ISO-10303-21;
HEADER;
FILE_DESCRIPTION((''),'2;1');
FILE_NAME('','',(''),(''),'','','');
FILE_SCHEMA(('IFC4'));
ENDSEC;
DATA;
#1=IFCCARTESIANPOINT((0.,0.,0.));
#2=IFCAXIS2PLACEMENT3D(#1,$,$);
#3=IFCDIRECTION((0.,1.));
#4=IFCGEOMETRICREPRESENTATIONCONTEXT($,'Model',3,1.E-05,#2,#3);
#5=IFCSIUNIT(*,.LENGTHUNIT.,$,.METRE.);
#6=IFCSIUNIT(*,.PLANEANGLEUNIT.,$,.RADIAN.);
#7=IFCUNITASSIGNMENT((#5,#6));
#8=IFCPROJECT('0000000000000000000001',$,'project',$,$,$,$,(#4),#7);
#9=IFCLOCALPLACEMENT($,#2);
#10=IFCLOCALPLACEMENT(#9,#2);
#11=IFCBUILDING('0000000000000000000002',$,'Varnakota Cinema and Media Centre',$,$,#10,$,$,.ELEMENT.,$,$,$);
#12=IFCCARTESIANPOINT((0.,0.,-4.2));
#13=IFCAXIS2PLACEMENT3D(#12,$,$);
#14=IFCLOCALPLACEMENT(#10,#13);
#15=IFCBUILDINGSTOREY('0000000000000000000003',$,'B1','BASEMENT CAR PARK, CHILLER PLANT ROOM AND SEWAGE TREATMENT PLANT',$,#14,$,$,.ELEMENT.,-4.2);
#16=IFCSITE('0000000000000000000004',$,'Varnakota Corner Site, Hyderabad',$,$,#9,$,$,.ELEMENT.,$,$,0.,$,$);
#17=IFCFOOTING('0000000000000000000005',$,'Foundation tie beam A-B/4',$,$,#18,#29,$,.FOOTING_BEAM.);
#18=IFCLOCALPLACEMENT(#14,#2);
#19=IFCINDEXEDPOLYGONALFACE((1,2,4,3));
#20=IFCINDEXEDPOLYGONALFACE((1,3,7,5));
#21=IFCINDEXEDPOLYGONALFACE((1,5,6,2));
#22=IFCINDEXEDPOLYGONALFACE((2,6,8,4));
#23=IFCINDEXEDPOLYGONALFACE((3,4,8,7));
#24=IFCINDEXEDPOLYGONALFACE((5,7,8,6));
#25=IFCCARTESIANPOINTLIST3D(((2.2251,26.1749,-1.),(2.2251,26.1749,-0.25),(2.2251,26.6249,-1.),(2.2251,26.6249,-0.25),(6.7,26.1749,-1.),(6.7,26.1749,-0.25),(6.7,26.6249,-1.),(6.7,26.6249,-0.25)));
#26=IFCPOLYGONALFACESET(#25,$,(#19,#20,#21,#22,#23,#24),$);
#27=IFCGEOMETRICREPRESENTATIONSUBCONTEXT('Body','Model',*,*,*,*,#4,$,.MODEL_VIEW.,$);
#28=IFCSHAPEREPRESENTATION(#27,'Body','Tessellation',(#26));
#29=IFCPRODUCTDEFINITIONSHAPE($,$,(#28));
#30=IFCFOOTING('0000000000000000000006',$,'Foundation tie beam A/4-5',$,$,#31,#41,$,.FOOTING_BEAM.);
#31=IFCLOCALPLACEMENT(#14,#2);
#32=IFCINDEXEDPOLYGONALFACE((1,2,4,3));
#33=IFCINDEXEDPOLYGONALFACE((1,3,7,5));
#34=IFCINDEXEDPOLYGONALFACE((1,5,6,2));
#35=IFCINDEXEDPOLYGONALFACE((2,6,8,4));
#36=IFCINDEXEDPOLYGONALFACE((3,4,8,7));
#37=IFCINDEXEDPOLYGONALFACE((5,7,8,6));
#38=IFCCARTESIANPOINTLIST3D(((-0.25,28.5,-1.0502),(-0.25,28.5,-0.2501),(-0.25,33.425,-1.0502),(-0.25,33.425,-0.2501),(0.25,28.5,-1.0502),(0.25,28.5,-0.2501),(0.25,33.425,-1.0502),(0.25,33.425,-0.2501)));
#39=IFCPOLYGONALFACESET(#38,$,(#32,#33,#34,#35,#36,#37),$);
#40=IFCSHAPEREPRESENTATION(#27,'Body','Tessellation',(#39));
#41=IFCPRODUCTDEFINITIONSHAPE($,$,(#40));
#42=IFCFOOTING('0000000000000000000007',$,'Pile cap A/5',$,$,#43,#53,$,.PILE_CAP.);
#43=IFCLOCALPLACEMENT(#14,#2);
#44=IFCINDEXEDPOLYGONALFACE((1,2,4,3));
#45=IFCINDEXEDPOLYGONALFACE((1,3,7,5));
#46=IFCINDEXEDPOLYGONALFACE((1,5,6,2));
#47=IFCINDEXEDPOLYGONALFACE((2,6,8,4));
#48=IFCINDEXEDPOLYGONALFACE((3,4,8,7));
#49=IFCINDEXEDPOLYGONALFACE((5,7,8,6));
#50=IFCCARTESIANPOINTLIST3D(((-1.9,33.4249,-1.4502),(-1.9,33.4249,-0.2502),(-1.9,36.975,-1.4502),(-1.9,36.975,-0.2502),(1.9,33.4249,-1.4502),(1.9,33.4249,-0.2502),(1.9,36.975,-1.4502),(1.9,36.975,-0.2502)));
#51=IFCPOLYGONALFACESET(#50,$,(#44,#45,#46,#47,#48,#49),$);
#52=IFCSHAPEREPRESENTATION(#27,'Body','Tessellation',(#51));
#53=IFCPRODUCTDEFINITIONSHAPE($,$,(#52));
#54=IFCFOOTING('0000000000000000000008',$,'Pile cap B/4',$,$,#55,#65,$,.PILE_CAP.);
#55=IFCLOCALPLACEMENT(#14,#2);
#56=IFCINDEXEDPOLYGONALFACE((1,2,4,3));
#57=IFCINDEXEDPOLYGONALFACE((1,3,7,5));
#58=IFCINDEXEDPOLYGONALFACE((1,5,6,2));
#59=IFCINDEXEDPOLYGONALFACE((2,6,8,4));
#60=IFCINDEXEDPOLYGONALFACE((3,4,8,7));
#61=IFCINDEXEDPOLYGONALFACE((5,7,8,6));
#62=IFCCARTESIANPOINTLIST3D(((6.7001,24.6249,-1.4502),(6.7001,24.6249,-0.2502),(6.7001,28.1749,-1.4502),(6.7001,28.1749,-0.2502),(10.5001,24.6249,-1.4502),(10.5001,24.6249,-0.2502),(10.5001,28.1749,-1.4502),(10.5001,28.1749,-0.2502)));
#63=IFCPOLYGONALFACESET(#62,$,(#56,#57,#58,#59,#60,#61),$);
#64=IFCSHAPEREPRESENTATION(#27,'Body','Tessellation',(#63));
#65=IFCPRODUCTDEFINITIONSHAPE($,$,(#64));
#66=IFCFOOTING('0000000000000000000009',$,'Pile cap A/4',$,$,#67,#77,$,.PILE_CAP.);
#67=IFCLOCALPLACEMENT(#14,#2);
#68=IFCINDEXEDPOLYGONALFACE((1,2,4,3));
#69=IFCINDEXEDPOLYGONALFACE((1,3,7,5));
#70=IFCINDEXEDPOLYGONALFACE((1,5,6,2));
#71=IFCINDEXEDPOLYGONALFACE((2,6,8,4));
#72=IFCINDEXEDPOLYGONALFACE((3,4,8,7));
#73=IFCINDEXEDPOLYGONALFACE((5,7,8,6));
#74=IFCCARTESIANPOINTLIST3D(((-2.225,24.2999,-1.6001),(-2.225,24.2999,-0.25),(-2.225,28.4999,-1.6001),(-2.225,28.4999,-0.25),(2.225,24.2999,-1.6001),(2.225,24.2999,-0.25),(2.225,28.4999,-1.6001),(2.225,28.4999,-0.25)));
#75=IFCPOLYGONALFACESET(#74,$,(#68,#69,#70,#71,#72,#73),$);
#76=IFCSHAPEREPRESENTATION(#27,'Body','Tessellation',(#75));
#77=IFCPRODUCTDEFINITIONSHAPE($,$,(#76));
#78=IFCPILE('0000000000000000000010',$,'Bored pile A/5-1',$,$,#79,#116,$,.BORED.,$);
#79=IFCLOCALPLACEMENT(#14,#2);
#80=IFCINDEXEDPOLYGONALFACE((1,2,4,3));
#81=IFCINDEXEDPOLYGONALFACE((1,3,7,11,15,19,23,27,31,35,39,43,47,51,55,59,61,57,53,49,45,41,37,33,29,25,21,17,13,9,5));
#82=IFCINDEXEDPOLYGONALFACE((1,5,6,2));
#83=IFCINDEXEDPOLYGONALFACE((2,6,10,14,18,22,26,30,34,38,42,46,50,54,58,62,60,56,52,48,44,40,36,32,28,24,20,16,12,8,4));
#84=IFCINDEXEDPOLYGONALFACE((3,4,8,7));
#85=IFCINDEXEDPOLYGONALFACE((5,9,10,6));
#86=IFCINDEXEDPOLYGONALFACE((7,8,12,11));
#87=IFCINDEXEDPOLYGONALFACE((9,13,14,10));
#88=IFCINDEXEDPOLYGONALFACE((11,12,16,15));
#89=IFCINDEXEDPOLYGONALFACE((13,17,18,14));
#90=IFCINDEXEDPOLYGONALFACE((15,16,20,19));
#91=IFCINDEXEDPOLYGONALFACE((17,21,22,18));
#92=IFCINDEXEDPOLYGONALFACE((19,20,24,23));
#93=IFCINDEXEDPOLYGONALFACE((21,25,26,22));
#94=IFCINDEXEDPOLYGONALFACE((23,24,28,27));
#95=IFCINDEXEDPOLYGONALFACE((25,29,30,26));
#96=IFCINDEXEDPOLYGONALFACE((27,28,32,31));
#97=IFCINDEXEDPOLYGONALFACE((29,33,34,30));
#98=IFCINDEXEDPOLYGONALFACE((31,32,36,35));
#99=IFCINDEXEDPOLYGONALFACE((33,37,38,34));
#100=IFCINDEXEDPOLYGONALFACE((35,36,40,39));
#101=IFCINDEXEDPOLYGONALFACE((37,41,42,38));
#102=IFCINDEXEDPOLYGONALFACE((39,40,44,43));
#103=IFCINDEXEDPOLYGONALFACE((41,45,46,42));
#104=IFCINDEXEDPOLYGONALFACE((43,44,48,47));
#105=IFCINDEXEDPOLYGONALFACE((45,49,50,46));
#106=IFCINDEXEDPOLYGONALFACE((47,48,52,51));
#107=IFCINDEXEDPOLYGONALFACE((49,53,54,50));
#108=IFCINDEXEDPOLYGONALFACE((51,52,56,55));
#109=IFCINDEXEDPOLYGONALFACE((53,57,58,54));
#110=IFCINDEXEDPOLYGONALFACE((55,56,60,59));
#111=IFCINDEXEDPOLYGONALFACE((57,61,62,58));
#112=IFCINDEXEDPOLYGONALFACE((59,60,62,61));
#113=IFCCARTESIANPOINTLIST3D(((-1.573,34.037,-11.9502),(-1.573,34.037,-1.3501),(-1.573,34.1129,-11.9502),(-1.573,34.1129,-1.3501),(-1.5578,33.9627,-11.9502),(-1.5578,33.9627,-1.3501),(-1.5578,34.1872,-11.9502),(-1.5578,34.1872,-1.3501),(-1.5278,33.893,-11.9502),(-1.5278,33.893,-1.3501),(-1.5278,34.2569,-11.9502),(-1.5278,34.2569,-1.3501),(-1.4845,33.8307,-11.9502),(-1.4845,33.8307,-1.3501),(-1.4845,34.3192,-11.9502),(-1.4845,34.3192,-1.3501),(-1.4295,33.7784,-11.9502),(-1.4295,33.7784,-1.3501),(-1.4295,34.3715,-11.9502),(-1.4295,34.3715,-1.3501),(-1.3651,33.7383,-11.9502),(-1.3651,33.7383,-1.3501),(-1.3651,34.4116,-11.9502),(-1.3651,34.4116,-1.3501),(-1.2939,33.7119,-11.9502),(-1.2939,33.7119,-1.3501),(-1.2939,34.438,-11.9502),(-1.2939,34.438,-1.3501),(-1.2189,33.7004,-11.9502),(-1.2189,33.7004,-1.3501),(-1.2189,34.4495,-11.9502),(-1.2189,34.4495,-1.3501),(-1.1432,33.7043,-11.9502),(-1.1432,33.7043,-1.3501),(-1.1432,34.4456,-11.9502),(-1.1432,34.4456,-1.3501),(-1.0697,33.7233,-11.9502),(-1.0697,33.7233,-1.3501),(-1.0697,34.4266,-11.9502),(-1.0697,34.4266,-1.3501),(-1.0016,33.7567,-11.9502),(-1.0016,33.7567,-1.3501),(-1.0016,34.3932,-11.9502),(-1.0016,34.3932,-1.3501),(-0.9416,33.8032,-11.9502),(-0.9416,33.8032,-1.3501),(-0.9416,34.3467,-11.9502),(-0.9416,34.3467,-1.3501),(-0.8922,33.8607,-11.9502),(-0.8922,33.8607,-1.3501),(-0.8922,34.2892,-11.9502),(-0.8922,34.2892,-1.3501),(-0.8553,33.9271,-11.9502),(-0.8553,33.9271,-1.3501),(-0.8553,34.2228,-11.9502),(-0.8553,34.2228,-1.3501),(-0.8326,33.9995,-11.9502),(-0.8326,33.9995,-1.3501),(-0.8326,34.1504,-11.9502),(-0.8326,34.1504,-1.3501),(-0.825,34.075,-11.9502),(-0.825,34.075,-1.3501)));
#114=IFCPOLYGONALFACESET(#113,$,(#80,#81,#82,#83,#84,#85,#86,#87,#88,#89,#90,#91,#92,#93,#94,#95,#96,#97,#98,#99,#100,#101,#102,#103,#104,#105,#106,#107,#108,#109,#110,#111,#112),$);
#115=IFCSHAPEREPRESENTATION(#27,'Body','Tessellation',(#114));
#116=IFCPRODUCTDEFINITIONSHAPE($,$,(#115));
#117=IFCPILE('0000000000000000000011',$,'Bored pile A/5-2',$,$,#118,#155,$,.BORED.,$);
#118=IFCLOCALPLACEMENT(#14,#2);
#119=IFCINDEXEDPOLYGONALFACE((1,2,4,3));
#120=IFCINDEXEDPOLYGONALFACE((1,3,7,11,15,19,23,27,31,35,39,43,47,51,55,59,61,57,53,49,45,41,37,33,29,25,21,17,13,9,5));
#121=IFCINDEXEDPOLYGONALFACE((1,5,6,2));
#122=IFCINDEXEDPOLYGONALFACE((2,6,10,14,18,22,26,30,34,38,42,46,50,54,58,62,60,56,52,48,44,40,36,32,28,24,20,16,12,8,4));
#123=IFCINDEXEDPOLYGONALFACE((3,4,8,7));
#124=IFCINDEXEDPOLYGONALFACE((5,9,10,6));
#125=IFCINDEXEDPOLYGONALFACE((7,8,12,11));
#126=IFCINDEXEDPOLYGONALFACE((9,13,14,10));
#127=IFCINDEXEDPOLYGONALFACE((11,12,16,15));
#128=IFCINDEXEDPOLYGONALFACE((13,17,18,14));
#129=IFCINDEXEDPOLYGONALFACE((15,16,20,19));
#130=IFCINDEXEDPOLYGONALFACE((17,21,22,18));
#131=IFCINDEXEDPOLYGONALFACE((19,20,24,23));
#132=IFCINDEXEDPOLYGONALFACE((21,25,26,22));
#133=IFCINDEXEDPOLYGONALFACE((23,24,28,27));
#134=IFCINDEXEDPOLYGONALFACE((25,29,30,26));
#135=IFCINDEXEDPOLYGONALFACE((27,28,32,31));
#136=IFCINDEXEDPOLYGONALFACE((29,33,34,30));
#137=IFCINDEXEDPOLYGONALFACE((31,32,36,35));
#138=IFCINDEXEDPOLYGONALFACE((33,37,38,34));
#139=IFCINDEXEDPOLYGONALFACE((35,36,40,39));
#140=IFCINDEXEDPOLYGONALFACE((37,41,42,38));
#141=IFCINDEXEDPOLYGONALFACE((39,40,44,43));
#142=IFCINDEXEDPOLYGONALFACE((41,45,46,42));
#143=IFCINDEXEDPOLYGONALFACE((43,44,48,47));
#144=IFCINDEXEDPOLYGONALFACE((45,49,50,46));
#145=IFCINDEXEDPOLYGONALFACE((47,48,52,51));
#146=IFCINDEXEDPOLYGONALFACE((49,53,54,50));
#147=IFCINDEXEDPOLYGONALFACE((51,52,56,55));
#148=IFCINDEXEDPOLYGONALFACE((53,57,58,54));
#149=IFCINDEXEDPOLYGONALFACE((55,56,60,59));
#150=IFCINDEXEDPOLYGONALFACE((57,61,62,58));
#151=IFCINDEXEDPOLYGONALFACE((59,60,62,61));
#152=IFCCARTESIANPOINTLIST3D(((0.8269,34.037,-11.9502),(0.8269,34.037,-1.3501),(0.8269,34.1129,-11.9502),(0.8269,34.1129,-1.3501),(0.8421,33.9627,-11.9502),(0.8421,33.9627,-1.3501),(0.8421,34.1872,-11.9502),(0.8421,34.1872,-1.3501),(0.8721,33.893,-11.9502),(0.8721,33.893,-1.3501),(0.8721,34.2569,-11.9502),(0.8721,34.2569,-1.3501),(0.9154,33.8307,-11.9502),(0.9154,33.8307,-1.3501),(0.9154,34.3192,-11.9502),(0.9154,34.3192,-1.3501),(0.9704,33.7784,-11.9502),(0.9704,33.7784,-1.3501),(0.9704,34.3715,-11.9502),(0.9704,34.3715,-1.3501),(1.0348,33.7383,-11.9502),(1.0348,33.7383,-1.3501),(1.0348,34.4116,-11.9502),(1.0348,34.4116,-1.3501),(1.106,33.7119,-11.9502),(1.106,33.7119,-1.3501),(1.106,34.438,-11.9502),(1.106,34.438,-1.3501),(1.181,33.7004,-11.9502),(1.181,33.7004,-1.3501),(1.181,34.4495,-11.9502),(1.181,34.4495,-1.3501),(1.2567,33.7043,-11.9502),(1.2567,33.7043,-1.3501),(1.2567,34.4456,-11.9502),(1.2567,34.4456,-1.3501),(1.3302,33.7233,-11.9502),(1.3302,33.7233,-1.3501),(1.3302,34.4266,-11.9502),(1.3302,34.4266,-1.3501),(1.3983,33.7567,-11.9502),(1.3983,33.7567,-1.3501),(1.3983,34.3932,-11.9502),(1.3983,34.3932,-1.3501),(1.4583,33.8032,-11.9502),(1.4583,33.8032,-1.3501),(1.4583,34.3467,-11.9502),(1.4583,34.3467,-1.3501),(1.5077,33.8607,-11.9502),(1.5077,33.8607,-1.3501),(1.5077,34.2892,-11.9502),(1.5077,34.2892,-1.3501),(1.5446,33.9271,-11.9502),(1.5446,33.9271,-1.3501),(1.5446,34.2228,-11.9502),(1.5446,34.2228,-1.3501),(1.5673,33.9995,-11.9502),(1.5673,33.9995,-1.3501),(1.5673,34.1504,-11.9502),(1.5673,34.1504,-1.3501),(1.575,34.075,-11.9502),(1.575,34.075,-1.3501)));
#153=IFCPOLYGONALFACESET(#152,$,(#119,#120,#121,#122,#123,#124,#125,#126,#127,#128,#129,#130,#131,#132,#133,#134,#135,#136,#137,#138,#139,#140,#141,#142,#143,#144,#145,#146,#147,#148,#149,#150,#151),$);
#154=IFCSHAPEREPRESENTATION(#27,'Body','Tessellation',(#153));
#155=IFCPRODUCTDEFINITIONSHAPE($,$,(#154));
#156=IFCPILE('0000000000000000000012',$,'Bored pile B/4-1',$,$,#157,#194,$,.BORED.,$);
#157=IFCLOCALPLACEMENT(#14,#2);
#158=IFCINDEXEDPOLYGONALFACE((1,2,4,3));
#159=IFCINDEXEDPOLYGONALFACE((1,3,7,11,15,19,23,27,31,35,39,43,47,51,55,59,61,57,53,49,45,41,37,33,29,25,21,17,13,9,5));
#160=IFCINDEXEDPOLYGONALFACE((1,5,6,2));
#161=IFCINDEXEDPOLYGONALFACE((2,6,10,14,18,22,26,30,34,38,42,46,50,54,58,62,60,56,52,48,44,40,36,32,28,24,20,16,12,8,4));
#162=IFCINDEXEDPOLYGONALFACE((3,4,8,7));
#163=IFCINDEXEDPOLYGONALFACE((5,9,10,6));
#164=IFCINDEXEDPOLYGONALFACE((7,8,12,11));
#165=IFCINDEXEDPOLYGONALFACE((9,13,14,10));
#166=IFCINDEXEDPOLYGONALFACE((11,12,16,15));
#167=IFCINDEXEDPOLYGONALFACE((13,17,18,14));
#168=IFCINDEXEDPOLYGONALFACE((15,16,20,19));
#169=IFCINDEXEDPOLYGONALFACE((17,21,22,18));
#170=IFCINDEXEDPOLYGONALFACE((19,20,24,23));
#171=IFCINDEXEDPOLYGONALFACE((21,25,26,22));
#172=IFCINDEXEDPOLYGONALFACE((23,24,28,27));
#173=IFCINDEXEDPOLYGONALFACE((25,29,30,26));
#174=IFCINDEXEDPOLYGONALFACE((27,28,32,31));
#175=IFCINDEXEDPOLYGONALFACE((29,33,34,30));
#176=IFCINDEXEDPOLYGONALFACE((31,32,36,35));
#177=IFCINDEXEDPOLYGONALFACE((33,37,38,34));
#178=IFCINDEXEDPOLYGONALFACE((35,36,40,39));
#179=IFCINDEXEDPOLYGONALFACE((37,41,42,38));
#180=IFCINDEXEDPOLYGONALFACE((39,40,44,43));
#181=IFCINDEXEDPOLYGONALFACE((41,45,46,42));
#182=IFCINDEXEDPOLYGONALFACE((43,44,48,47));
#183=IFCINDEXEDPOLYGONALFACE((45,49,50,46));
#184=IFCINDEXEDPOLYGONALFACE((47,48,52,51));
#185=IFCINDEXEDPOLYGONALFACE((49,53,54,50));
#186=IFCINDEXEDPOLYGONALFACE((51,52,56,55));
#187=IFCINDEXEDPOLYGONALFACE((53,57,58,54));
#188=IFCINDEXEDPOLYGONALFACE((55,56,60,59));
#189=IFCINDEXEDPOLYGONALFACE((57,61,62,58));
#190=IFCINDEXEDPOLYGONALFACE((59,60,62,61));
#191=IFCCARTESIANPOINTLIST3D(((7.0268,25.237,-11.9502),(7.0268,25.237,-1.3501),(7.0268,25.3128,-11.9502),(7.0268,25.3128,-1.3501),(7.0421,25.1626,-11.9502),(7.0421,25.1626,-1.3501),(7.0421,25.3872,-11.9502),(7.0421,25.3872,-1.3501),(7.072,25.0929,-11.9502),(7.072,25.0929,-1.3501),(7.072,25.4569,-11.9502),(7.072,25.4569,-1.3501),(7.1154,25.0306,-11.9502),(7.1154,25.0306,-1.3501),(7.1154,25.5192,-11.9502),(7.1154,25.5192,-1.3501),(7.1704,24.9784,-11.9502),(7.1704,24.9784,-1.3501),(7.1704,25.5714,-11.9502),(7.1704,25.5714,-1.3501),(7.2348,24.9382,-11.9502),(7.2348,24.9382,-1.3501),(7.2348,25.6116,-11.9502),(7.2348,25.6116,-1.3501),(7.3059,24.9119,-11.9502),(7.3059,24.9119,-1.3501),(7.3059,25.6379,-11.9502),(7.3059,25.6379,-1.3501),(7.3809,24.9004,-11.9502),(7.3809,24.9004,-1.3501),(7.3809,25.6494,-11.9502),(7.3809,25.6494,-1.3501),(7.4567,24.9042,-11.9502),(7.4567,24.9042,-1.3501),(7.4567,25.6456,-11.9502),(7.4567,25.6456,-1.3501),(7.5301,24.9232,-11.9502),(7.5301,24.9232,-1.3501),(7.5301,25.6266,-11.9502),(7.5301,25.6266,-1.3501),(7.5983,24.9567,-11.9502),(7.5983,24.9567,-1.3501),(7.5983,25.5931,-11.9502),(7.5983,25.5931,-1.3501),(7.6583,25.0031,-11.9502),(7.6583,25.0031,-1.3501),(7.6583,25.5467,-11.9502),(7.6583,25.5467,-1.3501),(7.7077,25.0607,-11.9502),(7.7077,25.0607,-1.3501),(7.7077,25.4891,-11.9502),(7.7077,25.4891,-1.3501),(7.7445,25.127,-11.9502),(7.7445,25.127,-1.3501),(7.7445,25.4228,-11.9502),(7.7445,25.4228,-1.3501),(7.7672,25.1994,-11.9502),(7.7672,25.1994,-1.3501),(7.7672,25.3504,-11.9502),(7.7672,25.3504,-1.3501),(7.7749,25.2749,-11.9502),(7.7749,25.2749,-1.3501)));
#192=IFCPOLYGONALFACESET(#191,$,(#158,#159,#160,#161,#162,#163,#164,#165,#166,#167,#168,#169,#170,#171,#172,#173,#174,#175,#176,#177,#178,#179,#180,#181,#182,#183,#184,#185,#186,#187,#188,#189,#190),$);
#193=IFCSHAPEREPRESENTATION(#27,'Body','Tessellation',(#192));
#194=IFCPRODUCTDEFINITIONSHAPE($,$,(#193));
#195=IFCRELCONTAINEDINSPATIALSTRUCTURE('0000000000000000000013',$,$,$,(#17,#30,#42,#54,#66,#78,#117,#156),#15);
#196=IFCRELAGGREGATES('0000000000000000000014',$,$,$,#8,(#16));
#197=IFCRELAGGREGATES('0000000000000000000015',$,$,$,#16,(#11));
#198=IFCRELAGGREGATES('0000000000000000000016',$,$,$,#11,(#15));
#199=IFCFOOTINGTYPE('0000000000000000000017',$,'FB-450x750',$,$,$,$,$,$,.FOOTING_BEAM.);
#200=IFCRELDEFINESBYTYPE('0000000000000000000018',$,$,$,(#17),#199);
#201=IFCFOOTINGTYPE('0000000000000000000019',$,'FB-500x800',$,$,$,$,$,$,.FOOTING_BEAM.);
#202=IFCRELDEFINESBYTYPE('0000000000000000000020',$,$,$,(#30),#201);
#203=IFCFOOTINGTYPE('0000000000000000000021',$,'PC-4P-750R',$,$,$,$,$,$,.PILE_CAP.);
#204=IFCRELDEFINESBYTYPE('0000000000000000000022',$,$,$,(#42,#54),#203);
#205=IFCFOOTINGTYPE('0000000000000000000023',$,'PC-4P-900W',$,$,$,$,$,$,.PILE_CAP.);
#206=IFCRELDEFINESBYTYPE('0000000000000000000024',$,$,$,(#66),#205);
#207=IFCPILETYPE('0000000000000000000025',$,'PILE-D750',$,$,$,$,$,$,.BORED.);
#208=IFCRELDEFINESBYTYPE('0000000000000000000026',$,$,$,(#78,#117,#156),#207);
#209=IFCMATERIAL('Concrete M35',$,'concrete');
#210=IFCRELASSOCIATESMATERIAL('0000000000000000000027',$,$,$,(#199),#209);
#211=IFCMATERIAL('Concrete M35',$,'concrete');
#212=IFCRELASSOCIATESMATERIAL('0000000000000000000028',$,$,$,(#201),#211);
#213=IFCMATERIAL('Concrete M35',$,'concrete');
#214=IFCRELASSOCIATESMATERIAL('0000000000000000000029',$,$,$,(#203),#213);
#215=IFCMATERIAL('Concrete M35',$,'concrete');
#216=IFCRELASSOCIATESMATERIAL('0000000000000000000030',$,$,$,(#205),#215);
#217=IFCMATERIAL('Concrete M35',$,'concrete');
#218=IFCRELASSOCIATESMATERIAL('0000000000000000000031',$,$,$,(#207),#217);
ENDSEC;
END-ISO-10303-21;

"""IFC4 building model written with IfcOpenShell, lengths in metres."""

from ifc_helpers import new_model, si_unit, direction, frame, origin, origin_2d, place, context, subcontext, project, spatial, rectangle, circle, extrude, material, material_profile, profile_set, type_object, element, save


model = new_model("IFC4")

# Units and contexts
model_context = context("Model", 3, precision=1e-05, world=origin(), true_north=direction((0.0, 1.0)))
body_context = subcontext(model_context, "Body", "Model", "MODEL_VIEW")
ifc_project = project(units=[si_unit("LENGTHUNIT", "METRE"), si_unit("PLANEANGLEUNIT", "RADIAN")], contexts=[model_context])

# Site, building, storey
site_placement = place(None, origin())
site = spatial("IfcSite", under=ifc_project, at=site_placement, Name="Varnakota Corner Site, Hyderabad", CompositionType="ELEMENT", RefElevation=0.0)
building_placement = place(site_placement, origin())
building = spatial("IfcBuilding", under=site, at=building_placement, Name="Varnakota Cinema and Media Centre", CompositionType="ELEMENT")
storey_placement = place(building_placement, frame((0.0, 0.0, -4.2)))
storey = spatial("IfcBuildingStorey", under=building, at=storey_placement, Name="B1", Description="BASEMENT CAR PARK, CHILLER PLANT ROOM AND SEWAGE TREATMENT PLANT", CompositionType="ELEMENT", Elevation=-4.2)

# Footings
ifc_material_1 = material(Name="Concrete M35", Category="concrete")
ifc_material_profile_1 = material_profile(ifc_material_1, rectangle(XDim=0.45, YDim=0.75, at=origin_2d()), Name="FB 450x750")
ifc_profile_set_1 = profile_set([ifc_material_profile_1], Name="Concrete M35")
footing_type_1 = type_object("IfcFootingType", Name="FB-450x750", PredefinedType="FOOTING_BEAM", material=ifc_profile_set_1)
footing_1_placement = place(storey_placement, frame((2.2251, 26.3999, -0.625), z_axis=(1.0, 0.0, 0.0), x_axis=(0.0, 1.0, 0.0)))
element("IfcFooting", 1, at=footing_1_placement, inside=storey, type_object=footing_type_1, Name="Foundation tie beam A-B/4", PredefinedType="FOOTING_BEAM", context=body_context, shape_type="SweptSolid", body=[
    extrude(rectangle(XDim=0.45, YDim=0.75, at=origin_2d()), origin(), (0.0, 0.0, 1.0), 4.4749),
])
ifc_material_2 = material(Name="Concrete M35", Category="concrete")
ifc_material_profile_2 = material_profile(ifc_material_2, rectangle(XDim=0.5, YDim=0.8, at=origin_2d()), Name="FB 500x800")
ifc_profile_set_2 = profile_set([ifc_material_profile_2], Name="Concrete M35")
footing_type_2 = type_object("IfcFootingType", Name="FB-500x800", PredefinedType="FOOTING_BEAM", material=ifc_profile_set_2)
footing_2_placement = place(storey_placement, frame((0.0, 28.5, -0.6501), z_axis=(0.0, 1.0, 0.0), x_axis=(-1.0, 0.0, 0.0)))
element("IfcFooting", 2, at=footing_2_placement, inside=storey, type_object=footing_type_2, Name="Foundation tie beam A/4-5", PredefinedType="FOOTING_BEAM", context=body_context, shape_type="SweptSolid", body=[
    extrude(rectangle(XDim=0.5, YDim=0.8, at=origin_2d()), origin(), (0.0, 0.0, 1.0), 4.925),
])
ifc_material_3 = material(Name="Concrete M35", Category="concrete")
footing_type_3 = type_object("IfcFootingType", Name="PC-4P-750R", PredefinedType="PILE_CAP", material=ifc_material_3)
for number, where, z_axis, x_axis, name in (
    (3, (0.0, 35.2, -1.4502), (0.0, 0.0, 1.0), (1.0, 0.0, 0.0), "Pile cap A/5"),
    (4, (8.6001, 26.3999, -1.4502), (0.0, 0.0, 1.0), (1.0, 0.0, 0.0), "Pile cap B/4"),
):
    element("IfcFooting", number, at=place(storey_placement, frame(where, z_axis=z_axis, x_axis=x_axis)), inside=storey, type_object=footing_type_3, Name=name, PredefinedType="PILE_CAP", context=body_context, shape_type="SweptSolid", body=[
        extrude(rectangle(XDim=3.8, YDim=3.55, at=origin_2d()), origin(), (0.0, 0.0, 1.0), 1.2),
    ])
ifc_material_4 = material(Name="Concrete M35", Category="concrete")
footing_type_4 = type_object("IfcFootingType", Name="PC-4P-900W", PredefinedType="PILE_CAP", material=ifc_material_4)
footing_3_placement = place(storey_placement, frame((0.0, 26.3999, -1.6001), z_axis=(0.0, 0.0, 1.0), x_axis=(1.0, 0.0, 0.0)))
element("IfcFooting", 5, at=footing_3_placement, inside=storey, type_object=footing_type_4, Name="Pile cap A/4", PredefinedType="PILE_CAP", context=body_context, shape_type="SweptSolid", body=[
    extrude(rectangle(XDim=4.45, YDim=4.2, at=origin_2d()), origin(), (0.0, 0.0, 1.0), 1.3501),
])

# Piles
ifc_material_5 = material(Name="Concrete M35", Category="concrete")
ifc_material_profile_3 = material_profile(ifc_material_5, circle(Radius=0.375, at=origin_2d()), Name="PILE D750")
ifc_profile_set_3 = profile_set([ifc_material_profile_3], Name="Concrete M35")
pile_type_1 = type_object("IfcPileType", Name="PILE-D750", PredefinedType="BORED", material=ifc_profile_set_3)
for number, where, z_axis, x_axis, name in (
    (6, (-1.2, 34.075, -1.3501), (0.0, 0.0, -1.0), (1.0, 0.0, 0.0), "Bored pile A/5-1"),
    (7, (1.2, 34.075, -1.3501), (0.0, 0.0, -1.0), (1.0, 0.0, 0.0), "Bored pile A/5-2"),
    (8, (7.3999, 25.2749, -1.3501), (0.0, 0.0, -1.0), (1.0, 0.0, 0.0), "Bored pile B/4-1"),
):
    element("IfcPile", number, at=place(storey_placement, frame(where, z_axis=z_axis, x_axis=x_axis)), inside=storey, type_object=pile_type_1, Name=name, PredefinedType="BORED", context=body_context, shape_type="SweptSolid", body=[
        extrude(circle(Radius=0.375, at=origin_2d()), origin(), (0.0, 0.0, 1.0), 10.6001),
    ])

save(model, "model.ifc")
